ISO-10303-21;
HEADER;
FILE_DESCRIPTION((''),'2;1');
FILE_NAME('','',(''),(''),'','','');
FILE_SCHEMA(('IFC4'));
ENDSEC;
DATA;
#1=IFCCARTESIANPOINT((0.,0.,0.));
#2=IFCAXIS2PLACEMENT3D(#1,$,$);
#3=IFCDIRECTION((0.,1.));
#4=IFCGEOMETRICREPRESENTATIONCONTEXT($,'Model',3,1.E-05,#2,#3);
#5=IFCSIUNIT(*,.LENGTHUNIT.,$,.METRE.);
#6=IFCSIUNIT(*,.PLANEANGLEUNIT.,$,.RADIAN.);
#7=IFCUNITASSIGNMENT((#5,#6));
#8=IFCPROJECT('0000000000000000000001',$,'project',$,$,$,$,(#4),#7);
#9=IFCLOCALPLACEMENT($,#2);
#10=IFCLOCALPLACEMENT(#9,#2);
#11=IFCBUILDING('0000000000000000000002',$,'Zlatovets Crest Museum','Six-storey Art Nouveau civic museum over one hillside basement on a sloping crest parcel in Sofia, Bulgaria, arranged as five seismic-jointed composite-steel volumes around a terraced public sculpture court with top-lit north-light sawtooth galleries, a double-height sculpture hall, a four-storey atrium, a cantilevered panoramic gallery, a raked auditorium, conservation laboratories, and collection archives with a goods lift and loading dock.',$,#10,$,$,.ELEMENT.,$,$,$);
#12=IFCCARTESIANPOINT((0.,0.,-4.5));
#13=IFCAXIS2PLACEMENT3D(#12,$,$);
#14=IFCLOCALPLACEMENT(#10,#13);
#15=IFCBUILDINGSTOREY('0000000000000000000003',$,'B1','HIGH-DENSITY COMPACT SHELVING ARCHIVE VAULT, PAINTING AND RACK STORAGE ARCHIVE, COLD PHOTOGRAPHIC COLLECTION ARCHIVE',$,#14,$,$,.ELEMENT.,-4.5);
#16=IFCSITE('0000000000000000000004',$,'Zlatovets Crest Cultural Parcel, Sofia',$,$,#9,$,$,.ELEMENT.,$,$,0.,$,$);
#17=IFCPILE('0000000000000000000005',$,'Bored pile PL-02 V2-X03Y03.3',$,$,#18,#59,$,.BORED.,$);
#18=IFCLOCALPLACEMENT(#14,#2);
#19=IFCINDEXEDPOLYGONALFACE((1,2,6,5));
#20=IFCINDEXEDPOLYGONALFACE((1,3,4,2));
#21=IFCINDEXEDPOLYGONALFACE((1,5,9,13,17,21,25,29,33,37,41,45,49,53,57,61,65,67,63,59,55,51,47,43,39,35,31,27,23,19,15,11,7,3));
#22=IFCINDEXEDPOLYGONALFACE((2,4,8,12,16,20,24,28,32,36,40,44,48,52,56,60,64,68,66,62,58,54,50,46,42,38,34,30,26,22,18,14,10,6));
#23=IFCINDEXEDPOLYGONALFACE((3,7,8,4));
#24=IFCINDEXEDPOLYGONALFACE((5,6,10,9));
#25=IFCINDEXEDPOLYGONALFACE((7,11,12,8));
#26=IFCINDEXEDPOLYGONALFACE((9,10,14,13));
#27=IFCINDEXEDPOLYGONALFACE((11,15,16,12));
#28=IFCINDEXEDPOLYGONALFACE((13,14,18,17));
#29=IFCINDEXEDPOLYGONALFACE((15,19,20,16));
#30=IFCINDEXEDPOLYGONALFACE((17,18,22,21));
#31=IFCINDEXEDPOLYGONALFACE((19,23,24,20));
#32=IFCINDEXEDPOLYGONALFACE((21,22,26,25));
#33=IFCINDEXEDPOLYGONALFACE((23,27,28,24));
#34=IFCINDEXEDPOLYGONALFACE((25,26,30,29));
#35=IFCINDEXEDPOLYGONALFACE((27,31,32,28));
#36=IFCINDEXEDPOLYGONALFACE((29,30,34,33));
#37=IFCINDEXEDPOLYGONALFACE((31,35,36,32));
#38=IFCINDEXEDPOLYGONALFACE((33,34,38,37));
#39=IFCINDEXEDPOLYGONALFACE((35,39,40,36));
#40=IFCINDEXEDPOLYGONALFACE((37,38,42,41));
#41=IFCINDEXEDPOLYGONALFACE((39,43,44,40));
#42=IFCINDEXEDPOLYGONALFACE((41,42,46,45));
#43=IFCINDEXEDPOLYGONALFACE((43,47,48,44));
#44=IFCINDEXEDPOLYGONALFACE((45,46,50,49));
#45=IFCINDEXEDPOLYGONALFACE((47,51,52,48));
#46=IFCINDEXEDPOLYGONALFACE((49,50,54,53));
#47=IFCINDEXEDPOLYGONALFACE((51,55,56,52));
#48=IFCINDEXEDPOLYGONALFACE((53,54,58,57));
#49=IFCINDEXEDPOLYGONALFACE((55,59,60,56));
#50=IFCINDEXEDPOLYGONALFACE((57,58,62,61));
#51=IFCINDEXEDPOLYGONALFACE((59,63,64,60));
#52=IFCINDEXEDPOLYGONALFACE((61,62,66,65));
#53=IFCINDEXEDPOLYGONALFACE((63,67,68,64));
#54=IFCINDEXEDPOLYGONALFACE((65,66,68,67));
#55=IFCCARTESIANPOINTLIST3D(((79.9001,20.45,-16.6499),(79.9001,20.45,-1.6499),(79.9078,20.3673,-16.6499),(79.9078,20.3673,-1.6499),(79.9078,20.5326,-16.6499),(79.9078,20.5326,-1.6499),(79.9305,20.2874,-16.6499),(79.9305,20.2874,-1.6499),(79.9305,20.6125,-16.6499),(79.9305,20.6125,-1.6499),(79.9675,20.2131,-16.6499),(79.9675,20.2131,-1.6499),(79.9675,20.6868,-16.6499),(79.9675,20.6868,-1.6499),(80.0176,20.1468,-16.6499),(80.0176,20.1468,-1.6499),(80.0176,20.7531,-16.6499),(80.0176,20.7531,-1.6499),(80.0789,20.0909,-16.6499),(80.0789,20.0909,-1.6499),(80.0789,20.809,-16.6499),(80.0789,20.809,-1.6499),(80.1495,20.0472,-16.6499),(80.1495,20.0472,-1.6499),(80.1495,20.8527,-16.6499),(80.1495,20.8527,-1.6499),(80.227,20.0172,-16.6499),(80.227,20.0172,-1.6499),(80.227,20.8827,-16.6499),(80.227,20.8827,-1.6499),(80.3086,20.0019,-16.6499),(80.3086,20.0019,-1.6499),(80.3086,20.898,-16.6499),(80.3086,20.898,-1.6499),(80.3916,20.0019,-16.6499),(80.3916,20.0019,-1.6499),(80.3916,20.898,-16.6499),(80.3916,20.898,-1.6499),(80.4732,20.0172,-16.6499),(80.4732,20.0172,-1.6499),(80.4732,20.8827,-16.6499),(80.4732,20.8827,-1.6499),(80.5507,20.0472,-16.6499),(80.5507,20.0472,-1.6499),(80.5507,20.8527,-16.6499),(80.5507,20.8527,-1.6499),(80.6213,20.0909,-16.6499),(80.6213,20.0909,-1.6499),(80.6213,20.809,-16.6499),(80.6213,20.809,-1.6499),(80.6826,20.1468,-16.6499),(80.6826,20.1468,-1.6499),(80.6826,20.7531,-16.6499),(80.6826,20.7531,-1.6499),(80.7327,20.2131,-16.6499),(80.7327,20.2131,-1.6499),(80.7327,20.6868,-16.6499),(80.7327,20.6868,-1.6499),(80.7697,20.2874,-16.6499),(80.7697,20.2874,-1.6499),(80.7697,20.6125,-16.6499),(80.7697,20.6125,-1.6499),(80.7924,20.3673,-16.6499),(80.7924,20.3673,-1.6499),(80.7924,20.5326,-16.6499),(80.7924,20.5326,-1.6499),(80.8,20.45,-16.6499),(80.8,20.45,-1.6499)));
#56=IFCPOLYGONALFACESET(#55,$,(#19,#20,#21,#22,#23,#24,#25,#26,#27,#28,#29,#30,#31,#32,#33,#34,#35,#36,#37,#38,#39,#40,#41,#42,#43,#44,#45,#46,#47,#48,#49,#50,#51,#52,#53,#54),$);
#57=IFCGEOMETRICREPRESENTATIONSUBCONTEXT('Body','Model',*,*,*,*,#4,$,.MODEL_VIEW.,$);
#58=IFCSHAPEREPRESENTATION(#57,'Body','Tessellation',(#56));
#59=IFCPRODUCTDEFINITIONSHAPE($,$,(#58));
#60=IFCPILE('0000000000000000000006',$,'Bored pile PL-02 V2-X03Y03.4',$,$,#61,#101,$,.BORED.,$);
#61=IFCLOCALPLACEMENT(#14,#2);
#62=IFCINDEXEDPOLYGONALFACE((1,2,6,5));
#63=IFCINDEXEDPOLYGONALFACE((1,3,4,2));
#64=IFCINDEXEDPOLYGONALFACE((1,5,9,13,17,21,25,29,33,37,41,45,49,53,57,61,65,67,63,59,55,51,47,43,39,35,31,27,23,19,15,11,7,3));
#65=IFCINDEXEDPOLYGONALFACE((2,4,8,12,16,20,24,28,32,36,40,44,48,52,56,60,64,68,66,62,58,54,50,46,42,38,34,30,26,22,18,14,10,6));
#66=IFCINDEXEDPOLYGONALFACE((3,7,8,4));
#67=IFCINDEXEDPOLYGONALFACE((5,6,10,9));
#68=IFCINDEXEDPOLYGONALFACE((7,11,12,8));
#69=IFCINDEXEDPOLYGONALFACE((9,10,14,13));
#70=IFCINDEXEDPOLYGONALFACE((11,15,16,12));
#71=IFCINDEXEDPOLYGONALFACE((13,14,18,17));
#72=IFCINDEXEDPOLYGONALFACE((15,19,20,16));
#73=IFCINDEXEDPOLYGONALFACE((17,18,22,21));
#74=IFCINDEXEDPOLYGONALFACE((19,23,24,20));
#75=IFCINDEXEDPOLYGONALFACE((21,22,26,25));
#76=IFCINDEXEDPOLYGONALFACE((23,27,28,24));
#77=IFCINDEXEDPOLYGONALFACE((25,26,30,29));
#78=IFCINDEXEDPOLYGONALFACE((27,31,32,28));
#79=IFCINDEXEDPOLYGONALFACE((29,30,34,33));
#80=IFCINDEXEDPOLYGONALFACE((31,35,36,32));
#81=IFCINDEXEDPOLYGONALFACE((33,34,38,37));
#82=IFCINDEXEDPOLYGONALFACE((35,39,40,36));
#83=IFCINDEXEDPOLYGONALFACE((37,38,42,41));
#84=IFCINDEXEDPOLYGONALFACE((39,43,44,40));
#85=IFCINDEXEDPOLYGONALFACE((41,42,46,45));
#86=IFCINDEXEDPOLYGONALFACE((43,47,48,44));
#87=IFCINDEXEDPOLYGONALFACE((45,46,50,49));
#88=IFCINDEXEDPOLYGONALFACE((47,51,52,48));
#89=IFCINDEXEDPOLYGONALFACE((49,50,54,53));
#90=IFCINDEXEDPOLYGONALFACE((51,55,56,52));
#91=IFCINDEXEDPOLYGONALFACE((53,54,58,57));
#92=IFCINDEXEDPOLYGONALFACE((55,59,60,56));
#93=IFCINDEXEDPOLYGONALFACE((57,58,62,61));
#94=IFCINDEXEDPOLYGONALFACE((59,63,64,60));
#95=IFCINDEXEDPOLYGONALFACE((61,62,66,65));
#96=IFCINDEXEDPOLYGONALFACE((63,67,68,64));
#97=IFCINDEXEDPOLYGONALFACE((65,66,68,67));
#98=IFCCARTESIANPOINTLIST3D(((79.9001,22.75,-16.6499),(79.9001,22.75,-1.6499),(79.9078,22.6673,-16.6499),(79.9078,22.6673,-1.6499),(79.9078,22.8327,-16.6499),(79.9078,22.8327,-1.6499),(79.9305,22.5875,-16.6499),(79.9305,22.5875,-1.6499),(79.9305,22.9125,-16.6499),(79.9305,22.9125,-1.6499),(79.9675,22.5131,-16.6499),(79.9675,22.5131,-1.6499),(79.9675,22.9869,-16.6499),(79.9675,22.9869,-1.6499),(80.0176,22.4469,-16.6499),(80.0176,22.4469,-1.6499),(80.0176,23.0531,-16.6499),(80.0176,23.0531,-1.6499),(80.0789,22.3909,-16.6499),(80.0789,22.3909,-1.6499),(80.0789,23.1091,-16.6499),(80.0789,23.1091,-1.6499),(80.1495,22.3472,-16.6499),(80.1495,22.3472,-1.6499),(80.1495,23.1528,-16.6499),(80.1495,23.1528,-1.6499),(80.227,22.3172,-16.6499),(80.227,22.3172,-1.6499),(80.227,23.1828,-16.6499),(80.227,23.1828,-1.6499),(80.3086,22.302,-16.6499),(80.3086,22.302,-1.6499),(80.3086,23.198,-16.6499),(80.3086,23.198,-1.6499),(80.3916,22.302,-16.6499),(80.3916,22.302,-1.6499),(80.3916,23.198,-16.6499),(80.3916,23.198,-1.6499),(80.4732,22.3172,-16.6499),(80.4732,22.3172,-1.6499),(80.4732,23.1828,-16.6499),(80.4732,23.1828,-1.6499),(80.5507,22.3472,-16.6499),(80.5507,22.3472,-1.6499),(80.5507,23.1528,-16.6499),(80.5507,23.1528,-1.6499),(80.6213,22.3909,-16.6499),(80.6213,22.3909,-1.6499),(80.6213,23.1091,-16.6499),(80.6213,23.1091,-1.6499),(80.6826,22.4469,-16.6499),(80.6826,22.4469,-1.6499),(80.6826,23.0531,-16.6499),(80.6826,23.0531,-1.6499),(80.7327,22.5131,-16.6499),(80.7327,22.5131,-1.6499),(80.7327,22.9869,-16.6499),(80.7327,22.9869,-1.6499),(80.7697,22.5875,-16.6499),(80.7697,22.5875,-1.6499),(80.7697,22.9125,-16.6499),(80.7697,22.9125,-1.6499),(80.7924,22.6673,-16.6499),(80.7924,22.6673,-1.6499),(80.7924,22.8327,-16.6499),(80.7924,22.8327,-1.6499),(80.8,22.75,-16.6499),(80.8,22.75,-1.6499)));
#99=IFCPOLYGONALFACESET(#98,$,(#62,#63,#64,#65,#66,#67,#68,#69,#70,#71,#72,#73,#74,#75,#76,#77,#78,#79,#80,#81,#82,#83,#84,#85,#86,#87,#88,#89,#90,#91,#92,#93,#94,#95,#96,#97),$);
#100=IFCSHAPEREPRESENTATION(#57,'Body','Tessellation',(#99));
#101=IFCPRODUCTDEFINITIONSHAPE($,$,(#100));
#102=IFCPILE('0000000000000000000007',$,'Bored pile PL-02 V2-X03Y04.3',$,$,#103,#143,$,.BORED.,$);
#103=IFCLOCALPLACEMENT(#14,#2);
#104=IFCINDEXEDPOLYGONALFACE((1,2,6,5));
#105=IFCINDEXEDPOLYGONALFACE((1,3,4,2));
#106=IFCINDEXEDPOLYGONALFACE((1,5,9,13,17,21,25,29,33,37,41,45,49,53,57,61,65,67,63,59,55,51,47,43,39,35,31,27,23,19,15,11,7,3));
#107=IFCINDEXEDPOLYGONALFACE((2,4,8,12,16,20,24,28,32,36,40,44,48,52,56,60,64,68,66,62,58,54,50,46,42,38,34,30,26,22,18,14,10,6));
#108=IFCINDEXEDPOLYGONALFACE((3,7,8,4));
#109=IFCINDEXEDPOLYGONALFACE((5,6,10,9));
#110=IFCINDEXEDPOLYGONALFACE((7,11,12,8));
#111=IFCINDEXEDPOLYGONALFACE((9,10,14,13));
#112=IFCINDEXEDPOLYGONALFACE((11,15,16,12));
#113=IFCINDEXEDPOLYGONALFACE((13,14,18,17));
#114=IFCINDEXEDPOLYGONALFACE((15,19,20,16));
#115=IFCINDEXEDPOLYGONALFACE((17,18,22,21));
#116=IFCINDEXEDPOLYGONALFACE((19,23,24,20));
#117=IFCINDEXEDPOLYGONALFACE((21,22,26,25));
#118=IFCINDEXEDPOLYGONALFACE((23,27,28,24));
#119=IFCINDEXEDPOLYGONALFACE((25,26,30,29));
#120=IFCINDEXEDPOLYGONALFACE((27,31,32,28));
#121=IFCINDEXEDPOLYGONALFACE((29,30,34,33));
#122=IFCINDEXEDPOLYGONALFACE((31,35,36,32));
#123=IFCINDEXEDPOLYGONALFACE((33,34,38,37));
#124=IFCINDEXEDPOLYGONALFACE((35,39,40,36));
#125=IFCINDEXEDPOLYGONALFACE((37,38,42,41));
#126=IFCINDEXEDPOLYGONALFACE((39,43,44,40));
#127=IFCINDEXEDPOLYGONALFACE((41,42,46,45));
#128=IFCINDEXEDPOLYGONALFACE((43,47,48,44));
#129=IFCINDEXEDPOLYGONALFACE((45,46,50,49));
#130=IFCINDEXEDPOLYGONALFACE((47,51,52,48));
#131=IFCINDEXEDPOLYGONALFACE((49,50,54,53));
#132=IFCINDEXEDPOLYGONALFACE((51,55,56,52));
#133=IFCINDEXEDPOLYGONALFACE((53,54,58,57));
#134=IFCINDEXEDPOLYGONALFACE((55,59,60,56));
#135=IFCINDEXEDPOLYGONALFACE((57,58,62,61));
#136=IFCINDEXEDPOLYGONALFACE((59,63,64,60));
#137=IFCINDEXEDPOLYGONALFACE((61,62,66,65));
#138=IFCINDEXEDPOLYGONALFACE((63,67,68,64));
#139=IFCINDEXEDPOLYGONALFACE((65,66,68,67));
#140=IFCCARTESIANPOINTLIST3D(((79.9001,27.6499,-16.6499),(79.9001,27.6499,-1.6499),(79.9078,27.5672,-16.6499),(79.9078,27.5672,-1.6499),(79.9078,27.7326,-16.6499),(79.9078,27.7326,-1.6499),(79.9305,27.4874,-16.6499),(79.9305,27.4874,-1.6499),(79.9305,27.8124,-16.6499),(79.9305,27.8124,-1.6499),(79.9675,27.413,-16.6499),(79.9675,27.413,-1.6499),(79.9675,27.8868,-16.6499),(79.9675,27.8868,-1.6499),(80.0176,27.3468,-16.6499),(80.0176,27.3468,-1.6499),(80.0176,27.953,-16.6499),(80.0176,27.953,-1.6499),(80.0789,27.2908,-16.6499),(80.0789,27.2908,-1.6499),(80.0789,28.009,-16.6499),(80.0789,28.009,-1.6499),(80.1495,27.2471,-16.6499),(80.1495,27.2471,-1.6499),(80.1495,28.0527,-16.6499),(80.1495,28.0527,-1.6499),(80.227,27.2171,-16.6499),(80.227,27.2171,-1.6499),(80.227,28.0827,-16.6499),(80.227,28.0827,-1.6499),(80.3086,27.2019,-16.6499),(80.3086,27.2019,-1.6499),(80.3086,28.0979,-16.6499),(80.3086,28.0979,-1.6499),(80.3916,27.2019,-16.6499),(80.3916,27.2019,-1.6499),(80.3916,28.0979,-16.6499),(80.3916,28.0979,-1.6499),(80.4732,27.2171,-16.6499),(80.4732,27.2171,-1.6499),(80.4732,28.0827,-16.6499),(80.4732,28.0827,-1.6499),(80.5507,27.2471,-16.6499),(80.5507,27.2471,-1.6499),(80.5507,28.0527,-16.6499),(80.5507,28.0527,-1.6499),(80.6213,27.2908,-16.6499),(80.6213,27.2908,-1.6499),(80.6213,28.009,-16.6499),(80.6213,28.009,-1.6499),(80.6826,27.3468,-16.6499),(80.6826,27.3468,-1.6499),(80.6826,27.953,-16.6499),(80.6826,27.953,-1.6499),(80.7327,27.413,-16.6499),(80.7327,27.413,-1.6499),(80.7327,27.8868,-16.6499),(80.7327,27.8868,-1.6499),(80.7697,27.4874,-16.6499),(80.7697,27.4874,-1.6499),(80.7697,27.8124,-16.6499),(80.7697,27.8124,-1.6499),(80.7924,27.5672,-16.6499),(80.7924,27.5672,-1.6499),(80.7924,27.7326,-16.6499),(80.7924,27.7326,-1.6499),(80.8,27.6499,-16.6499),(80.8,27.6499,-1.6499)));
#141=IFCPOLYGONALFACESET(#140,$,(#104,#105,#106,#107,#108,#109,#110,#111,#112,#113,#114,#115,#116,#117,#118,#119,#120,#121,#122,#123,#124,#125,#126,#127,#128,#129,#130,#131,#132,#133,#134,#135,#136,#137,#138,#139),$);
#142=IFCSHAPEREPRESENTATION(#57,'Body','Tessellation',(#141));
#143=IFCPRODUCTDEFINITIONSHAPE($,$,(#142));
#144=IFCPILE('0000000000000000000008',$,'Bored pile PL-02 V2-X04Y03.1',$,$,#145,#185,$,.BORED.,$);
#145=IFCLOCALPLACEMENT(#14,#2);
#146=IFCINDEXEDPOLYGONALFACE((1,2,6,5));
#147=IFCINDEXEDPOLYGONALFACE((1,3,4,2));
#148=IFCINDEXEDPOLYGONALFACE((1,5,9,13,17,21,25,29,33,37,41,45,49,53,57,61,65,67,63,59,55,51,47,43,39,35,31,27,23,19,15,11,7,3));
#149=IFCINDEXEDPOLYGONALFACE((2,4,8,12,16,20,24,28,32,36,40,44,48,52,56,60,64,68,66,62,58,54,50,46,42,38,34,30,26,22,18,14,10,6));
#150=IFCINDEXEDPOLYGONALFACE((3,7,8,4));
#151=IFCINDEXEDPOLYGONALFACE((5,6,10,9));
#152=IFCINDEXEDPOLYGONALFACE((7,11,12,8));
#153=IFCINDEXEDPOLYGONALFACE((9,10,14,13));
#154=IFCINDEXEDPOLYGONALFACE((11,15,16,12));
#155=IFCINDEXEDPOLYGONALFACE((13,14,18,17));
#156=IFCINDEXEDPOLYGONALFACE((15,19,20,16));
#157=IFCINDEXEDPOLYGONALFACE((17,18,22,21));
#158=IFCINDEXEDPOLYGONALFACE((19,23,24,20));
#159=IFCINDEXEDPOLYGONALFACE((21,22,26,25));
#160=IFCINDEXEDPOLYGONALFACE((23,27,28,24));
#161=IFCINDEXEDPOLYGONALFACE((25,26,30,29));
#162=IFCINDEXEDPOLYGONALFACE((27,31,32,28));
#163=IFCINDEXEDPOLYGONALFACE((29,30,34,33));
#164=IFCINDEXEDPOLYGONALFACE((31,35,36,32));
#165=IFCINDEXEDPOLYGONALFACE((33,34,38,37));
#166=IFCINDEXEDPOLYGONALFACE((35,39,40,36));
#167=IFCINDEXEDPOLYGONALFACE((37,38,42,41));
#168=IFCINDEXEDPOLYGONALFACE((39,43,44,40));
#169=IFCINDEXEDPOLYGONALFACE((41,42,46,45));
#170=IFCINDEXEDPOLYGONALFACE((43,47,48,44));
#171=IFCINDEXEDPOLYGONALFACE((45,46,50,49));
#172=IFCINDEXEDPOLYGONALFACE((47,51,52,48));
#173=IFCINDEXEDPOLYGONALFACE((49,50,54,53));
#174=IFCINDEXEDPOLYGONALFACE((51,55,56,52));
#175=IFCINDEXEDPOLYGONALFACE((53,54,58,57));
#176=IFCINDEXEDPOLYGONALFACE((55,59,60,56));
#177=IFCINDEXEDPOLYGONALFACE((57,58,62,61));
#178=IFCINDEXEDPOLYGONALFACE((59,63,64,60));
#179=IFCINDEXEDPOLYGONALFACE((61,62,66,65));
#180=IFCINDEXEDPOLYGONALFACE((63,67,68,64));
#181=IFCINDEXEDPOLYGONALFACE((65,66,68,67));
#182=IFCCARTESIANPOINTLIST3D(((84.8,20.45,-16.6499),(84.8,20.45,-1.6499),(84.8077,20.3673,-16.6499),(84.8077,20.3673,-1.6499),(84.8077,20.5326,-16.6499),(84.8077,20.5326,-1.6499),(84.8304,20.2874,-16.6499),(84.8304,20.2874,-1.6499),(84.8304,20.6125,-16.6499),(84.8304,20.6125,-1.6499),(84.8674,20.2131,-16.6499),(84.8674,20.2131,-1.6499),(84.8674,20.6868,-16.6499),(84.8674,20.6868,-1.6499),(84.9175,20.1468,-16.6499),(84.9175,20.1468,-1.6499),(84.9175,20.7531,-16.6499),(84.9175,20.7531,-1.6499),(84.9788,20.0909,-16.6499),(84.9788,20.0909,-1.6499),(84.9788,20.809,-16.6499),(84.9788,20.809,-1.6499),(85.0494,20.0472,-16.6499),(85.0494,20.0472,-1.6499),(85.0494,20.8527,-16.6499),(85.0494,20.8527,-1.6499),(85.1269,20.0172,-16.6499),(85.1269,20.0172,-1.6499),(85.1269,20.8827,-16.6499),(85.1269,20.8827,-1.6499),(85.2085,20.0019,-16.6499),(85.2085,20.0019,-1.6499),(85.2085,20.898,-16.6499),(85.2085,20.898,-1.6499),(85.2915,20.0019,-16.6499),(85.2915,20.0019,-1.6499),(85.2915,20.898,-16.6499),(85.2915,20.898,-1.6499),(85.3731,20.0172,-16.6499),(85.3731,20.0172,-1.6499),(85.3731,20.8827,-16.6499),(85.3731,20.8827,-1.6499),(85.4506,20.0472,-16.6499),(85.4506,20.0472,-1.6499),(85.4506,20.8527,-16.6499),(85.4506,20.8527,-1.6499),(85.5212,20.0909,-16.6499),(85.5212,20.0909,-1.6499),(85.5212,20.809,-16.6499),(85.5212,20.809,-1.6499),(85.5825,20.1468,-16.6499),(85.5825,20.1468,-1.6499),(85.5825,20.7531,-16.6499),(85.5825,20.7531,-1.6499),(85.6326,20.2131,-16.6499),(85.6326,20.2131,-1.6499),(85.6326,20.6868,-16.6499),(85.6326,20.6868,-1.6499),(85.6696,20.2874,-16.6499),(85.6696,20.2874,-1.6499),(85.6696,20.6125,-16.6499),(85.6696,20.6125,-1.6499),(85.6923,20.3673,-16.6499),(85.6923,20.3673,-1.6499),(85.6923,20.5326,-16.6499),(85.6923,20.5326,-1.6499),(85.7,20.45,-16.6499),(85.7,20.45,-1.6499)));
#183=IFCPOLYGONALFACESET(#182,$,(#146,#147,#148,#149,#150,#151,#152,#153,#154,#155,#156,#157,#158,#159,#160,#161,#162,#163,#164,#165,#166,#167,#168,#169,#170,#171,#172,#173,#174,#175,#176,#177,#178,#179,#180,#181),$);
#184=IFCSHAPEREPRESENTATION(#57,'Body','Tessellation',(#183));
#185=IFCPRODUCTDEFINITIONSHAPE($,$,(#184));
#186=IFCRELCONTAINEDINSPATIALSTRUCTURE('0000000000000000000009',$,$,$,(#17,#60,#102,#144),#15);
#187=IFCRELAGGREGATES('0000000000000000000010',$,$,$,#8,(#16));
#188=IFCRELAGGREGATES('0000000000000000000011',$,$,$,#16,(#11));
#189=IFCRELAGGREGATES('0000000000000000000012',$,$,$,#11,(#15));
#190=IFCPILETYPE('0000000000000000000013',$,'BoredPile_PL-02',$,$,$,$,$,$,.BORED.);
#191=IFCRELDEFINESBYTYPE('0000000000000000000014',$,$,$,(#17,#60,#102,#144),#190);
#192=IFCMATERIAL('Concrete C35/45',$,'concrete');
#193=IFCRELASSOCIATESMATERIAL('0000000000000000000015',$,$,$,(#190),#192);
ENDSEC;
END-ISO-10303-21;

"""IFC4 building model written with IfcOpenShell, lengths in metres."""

from ifc_helpers import new_model, si_unit, direction, frame, origin, origin_2d, place, context, subcontext, project, spatial, circle, extrude, material, material_profile, profile_set, type_object, element, save


model = new_model("IFC4")

# Units and contexts
model_context = context("Model", 3, precision=1e-05, world=origin(), true_north=direction((0.0, 1.0)))
body_context = subcontext(model_context, "Body", "Model", "MODEL_VIEW")
ifc_project = project(units=[si_unit("LENGTHUNIT", "METRE"), si_unit("PLANEANGLEUNIT", "RADIAN")], contexts=[model_context])

# Site, building, storey
site_placement = place(None, origin())
site = spatial("IfcSite", under=ifc_project, at=site_placement, Name="Zlatovets Crest Cultural Parcel, Sofia", CompositionType="ELEMENT", RefElevation=0.0)
building_placement = place(site_placement, origin())
building = spatial("IfcBuilding", under=site, at=building_placement, Name="Zlatovets Crest Museum", Description="Six-storey Art Nouveau civic museum over one hillside basement on a sloping crest parcel in Sofia, Bulgaria, arranged as five seismic-jointed composite-steel volumes around a terraced public sculpture court with top-lit north-light sawtooth galleries, a double-height sculpture hall, a four-storey atrium, a cantilevered panoramic gallery, a raked auditorium, conservation laboratories, and collection archives with a goods lift and loading dock.", CompositionType="ELEMENT")
storey_placement = place(building_placement, frame((0.0, 0.0, -4.5)))
storey = spatial("IfcBuildingStorey", under=building, at=storey_placement, Name="B1", Description="HIGH-DENSITY COMPACT SHELVING ARCHIVE VAULT, PAINTING AND RACK STORAGE ARCHIVE, COLD PHOTOGRAPHIC COLLECTION ARCHIVE", CompositionType="ELEMENT", Elevation=-4.5)

# Piles
ifc_material = material(Name="Concrete C35/45", Category="concrete")
ifc_material_profile_1 = material_profile(ifc_material, circle(Radius=0.45, at=origin_2d()), Name="PILE D900")
ifc_profile_set_1 = profile_set([ifc_material_profile_1], Name="Concrete C35/45")
pile_type = type_object("IfcPileType", Name="BoredPile_PL-02", PredefinedType="BORED", material=ifc_profile_set_1)
for number, where, z_axis, x_axis, name in (
    (1, (80.3501, 20.45, -1.6499), (0.0, 0.0, -1.0), (1.0, 0.0, 0.0), "Bored pile PL-02 V2-X03Y03.3"),
    (2, (80.3501, 22.75, -1.6499), (0.0, 0.0, -1.0), (1.0, 0.0, 0.0), "Bored pile PL-02 V2-X03Y03.4"),
    (3, (80.3501, 27.6499, -1.6499), (0.0, 0.0, -1.0), (1.0, 0.0, 0.0), "Bored pile PL-02 V2-X03Y04.3"),
    (4, (85.25, 20.45, -1.6499), (0.0, 0.0, -1.0), (1.0, 0.0, 0.0), "Bored pile PL-02 V2-X04Y03.1"),
):
    element("IfcPile", number, at=place(storey_placement, frame(where, z_axis=z_axis, x_axis=x_axis)), inside=storey, type_object=pile_type, Name=name, PredefinedType="BORED", context=body_context, shape_type="SweptSolid", body=[
        extrude(circle(Radius=0.45, at=origin_2d()), origin(), (0.0, 0.0, 1.0), 15.0),
    ])

save(model, "model.ifc")
